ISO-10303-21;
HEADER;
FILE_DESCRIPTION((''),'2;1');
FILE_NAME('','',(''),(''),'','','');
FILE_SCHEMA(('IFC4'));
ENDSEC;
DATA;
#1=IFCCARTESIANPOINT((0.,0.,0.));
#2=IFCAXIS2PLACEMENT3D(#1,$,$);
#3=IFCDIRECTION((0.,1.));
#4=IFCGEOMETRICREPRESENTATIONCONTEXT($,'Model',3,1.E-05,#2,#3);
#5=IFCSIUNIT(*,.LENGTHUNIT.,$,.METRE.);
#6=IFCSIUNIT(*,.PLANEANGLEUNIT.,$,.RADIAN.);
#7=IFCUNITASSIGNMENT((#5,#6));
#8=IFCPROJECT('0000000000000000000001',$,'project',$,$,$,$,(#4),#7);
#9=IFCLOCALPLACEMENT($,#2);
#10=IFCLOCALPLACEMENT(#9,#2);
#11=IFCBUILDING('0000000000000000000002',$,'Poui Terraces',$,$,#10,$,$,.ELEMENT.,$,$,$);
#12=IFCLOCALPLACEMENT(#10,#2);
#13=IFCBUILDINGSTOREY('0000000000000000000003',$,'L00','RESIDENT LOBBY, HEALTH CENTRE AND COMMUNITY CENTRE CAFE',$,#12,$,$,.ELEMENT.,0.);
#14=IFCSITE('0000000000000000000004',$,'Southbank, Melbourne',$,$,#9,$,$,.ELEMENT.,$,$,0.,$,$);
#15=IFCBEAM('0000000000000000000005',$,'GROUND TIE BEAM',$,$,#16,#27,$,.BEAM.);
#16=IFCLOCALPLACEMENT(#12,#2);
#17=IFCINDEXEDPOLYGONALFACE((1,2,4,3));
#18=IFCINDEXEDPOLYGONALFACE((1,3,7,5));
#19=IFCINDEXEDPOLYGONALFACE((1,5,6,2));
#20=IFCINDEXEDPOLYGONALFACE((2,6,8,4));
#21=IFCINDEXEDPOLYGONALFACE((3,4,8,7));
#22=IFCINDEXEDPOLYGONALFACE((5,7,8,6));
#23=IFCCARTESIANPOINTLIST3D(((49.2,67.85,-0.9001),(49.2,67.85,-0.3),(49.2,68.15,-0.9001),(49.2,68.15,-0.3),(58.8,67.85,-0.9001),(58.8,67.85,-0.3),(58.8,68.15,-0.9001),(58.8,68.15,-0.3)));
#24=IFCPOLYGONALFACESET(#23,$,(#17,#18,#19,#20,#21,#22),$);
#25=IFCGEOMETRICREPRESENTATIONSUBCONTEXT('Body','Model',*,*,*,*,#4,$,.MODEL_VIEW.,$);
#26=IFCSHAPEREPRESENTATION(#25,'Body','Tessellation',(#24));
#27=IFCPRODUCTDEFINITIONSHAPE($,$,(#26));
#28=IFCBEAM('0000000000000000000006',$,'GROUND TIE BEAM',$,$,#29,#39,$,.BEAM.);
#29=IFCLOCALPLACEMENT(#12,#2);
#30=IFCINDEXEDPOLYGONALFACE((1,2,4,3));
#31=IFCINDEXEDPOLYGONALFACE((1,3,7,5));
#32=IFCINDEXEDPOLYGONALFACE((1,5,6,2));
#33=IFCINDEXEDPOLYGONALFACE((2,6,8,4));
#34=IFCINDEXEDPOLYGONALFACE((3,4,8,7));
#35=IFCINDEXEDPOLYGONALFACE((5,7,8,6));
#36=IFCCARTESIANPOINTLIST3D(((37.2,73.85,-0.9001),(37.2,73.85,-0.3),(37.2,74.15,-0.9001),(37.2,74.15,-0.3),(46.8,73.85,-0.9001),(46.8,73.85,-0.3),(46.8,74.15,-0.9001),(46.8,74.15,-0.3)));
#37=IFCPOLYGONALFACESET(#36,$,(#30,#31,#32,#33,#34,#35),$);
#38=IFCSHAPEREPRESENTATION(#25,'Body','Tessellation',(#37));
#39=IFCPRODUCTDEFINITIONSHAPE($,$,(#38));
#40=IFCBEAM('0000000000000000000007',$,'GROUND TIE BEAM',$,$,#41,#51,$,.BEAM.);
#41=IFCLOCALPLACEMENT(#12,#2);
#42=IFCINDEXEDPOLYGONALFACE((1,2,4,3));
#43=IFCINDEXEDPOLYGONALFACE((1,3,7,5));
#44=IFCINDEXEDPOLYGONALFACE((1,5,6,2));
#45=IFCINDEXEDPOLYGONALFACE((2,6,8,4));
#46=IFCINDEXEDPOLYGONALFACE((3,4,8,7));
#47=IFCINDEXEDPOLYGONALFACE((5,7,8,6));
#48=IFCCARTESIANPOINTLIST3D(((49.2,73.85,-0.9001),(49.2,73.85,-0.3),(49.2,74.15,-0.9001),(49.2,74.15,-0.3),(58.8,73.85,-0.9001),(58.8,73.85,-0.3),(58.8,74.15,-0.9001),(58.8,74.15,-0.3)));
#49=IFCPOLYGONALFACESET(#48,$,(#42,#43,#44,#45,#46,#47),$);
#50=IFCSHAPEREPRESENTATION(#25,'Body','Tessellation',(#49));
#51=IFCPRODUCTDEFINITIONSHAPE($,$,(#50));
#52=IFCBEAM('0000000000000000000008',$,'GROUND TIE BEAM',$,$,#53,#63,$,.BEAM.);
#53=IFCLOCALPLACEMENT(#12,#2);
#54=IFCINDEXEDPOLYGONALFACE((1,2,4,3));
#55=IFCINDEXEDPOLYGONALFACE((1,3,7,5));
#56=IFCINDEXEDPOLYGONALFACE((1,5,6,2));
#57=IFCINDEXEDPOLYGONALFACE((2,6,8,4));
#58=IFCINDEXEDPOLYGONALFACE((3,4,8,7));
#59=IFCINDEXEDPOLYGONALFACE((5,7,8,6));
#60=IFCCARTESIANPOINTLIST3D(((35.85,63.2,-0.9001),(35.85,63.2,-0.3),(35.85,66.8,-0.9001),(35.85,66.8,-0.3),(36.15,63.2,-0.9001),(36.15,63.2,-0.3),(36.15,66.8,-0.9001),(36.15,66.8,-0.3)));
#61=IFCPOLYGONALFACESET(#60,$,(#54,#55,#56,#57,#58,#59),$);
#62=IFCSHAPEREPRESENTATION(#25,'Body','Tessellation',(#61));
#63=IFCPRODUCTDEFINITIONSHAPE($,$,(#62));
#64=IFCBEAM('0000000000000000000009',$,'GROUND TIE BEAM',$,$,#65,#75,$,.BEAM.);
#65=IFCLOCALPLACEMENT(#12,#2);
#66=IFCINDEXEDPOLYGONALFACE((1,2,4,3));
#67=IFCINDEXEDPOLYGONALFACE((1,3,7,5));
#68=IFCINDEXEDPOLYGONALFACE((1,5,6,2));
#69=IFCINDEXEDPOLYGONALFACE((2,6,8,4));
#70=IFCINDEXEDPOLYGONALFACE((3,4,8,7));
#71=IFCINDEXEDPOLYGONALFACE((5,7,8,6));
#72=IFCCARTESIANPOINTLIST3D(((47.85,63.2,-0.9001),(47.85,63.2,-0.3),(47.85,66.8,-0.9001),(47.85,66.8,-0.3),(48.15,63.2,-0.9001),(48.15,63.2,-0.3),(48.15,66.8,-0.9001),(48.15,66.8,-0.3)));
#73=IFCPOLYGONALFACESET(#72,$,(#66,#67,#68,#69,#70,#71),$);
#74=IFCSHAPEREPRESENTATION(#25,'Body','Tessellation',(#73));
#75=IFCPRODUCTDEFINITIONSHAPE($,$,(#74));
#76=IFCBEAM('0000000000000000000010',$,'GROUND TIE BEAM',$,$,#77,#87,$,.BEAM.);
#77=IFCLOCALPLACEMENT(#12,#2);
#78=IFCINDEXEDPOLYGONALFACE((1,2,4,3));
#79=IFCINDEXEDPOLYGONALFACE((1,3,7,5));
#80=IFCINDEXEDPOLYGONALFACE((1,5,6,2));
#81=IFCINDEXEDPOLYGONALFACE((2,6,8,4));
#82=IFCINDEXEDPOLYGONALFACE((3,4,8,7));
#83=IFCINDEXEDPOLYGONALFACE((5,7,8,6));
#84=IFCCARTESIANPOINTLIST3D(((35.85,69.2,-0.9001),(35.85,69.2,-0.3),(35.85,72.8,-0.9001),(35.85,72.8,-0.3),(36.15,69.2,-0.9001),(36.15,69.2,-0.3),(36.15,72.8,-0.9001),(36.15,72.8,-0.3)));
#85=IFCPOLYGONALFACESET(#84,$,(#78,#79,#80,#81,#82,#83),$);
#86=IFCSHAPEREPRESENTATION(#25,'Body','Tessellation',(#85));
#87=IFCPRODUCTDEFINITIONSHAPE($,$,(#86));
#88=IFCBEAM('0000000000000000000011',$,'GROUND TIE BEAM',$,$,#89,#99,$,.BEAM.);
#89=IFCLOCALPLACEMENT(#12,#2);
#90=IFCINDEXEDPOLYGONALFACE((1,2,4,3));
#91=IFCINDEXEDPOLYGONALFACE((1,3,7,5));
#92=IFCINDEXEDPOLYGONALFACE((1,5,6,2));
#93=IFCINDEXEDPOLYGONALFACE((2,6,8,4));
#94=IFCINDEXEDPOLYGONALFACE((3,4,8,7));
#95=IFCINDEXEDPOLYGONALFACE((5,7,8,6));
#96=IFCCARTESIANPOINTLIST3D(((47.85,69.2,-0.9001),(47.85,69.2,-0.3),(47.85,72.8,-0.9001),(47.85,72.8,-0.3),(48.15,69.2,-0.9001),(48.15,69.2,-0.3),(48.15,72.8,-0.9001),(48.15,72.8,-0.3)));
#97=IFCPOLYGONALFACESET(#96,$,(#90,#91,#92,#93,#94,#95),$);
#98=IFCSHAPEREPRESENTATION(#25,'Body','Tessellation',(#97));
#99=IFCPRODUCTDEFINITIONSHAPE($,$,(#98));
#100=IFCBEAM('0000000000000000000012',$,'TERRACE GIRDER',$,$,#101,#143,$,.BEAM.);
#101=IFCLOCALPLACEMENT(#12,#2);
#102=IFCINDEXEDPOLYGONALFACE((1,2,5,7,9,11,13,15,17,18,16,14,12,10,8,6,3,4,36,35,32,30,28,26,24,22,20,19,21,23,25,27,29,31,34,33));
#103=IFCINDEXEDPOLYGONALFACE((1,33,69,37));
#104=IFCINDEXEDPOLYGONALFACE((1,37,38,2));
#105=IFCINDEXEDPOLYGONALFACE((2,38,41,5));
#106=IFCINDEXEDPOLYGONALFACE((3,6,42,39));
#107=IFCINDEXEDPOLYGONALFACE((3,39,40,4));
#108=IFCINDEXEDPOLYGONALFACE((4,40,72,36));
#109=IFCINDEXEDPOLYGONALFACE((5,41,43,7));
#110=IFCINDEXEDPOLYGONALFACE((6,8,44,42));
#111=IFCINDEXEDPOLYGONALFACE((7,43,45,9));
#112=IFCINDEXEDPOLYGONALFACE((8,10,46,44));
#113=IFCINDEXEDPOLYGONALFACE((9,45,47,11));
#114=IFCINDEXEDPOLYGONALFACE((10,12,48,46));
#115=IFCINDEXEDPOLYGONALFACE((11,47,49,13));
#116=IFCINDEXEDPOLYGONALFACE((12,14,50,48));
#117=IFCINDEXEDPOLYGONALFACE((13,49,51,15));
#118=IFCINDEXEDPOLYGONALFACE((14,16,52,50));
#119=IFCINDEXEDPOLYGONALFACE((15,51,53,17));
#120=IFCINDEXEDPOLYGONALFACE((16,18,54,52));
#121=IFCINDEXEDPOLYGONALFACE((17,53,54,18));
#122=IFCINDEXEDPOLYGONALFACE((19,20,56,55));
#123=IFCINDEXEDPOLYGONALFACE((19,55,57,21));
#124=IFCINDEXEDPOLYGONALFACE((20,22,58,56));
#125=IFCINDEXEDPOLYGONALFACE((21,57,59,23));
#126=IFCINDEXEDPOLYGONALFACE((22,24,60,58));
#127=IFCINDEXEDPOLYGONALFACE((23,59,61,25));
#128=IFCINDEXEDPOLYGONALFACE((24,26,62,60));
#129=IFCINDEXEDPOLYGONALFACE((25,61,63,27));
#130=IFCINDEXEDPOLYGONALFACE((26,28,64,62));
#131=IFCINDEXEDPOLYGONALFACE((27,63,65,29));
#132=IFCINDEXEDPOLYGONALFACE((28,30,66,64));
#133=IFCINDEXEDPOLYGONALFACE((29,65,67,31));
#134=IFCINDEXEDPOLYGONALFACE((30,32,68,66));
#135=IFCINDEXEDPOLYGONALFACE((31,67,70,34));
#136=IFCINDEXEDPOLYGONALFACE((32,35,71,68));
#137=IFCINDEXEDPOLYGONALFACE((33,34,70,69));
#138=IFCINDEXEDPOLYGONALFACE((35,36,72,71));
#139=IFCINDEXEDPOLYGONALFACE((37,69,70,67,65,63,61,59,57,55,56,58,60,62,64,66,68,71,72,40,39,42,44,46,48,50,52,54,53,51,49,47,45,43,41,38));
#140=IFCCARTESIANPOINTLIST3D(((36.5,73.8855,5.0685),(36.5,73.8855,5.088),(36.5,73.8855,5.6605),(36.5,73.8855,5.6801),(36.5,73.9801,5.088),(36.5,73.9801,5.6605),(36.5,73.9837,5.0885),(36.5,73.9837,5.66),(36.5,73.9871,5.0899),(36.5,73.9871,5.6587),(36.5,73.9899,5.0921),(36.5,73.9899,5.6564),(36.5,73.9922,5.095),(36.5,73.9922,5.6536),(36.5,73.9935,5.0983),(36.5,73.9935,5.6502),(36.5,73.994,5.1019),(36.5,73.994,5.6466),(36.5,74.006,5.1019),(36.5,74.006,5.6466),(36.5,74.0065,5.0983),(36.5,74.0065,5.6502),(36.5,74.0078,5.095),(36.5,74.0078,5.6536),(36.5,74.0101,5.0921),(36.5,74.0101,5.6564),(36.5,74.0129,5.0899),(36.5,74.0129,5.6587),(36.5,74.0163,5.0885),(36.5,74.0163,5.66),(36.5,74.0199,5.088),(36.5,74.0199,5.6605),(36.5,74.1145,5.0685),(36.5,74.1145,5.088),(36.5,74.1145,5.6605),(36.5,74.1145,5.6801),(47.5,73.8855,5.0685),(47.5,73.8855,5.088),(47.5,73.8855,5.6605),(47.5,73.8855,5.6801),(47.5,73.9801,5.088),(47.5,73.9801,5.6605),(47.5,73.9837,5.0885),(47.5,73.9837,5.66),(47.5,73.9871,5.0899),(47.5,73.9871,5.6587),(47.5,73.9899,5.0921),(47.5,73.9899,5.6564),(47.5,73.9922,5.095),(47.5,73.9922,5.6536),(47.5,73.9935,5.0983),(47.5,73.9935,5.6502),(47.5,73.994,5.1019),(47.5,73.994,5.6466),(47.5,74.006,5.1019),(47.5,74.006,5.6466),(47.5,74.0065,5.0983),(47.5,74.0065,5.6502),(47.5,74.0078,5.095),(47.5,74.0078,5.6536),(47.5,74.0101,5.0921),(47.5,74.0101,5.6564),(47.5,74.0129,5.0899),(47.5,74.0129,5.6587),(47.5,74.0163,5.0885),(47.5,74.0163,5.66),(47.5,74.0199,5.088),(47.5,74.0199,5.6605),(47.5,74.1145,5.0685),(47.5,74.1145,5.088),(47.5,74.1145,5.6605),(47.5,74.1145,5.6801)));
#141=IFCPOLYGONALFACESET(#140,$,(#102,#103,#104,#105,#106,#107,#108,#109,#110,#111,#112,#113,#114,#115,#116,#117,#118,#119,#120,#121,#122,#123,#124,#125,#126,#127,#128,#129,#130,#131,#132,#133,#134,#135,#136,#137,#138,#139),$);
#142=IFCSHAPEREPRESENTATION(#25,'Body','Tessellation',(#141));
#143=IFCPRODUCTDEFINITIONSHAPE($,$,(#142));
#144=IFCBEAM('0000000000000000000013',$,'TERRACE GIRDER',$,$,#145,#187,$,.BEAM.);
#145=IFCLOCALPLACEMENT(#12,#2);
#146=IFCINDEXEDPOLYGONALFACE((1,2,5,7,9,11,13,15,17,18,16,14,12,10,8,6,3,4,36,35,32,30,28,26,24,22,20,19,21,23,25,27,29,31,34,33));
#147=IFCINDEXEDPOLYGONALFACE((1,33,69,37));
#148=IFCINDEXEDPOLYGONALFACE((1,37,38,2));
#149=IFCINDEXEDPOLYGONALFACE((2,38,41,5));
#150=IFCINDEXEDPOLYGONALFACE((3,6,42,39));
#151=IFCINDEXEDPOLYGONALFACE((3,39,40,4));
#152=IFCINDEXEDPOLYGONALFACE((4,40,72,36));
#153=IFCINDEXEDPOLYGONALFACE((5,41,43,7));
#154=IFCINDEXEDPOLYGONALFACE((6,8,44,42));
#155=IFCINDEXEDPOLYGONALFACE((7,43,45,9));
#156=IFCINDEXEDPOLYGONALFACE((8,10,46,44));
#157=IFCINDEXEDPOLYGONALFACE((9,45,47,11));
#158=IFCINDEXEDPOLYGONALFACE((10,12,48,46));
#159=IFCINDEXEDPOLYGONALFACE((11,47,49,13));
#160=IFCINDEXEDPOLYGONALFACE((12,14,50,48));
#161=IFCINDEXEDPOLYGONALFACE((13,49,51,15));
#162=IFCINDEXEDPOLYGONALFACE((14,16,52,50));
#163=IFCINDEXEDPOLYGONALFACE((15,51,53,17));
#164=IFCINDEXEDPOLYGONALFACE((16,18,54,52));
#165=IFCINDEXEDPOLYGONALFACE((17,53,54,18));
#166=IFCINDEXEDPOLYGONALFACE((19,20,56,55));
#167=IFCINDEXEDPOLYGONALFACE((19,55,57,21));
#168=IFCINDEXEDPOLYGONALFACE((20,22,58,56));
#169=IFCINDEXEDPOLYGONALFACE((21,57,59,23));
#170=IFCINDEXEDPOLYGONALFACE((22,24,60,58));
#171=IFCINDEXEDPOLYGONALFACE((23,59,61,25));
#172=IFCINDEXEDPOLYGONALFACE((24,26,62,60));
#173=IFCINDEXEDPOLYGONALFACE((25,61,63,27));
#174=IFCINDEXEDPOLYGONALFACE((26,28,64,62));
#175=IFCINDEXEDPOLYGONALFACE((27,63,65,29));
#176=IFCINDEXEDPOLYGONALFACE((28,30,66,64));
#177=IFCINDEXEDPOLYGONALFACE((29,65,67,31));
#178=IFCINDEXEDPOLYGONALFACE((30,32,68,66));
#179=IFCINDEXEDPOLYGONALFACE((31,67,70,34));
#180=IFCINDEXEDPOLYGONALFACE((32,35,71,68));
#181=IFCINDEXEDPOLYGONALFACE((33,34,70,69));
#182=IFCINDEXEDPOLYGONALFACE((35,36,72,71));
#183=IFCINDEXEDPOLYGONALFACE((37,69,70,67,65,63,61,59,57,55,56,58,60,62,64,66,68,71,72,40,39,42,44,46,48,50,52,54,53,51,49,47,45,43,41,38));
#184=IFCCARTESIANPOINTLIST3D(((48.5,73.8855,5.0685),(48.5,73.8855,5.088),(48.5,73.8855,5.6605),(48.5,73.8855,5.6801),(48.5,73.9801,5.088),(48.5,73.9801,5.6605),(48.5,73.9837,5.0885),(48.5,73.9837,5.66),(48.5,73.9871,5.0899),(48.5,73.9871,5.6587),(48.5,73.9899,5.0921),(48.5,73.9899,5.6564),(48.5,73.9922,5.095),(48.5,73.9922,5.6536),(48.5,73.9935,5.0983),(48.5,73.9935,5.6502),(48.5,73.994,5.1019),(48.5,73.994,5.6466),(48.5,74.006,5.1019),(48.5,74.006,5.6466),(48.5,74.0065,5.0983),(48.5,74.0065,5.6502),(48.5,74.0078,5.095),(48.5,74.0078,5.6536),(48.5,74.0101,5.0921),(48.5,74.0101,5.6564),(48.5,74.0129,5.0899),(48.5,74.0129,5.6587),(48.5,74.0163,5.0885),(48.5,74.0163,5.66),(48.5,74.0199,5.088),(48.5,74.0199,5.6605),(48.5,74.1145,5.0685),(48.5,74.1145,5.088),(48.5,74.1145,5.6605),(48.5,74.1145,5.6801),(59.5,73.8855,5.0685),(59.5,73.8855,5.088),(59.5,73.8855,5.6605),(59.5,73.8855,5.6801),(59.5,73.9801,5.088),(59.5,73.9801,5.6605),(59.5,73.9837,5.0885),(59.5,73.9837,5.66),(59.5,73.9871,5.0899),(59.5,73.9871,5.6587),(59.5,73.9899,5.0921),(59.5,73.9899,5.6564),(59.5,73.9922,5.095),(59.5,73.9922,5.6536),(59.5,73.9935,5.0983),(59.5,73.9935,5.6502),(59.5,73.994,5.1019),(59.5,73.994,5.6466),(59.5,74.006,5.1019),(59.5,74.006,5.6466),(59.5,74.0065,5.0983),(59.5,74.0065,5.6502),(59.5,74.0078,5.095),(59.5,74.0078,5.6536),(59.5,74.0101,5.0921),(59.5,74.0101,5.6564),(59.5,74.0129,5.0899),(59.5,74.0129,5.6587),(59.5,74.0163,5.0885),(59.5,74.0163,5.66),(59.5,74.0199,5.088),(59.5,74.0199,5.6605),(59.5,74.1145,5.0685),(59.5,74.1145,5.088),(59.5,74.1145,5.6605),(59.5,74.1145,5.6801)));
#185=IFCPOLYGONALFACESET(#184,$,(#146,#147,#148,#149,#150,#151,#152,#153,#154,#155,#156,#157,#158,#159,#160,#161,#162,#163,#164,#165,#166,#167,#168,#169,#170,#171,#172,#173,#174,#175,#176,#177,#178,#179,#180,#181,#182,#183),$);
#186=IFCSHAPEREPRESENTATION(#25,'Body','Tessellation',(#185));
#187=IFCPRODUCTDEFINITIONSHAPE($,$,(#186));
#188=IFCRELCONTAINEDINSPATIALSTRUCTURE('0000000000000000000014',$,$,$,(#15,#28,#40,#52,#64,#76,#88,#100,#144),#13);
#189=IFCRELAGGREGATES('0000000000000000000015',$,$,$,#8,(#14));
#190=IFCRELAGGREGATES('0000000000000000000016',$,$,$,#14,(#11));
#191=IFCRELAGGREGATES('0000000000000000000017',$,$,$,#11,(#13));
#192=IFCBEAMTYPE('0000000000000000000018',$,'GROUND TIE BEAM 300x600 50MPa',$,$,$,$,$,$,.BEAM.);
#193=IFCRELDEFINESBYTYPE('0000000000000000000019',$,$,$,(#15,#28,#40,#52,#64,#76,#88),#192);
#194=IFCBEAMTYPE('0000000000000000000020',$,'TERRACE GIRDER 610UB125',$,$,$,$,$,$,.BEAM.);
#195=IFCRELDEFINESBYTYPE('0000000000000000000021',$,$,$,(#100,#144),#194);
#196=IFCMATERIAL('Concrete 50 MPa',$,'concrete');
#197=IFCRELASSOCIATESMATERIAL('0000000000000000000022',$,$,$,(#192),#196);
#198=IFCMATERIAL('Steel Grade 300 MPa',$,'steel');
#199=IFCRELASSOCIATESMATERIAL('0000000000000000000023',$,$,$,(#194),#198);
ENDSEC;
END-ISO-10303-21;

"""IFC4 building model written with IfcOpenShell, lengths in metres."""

from ifc_helpers import new_model, si_unit, direction, frame, origin, origin_2d, place, context, subcontext, project, spatial, rectangle, i_section, extrude, source, transform, mapped, material, material_profile, profile_set, type_object, element, save


model = new_model("IFC4")

# Units and contexts
model_context = context("Model", 3, precision=1e-05, world=origin(), true_north=direction((0.0, 1.0)))
body_context = subcontext(model_context, "Body", "Model", "MODEL_VIEW")
ifc_project = project(units=[si_unit("LENGTHUNIT", "METRE"), si_unit("PLANEANGLEUNIT", "RADIAN")], contexts=[model_context])

# Site, building, storey
site_placement = place(None, origin())
site = spatial("IfcSite", under=ifc_project, at=site_placement, Name="Southbank, Melbourne", CompositionType="ELEMENT", RefElevation=0.0)
building_placement = place(site_placement, origin())
building = spatial("IfcBuilding", under=site, at=building_placement, Name="Poui Terraces", CompositionType="ELEMENT")
storey_placement = place(building_placement, origin())
storey = spatial("IfcBuildingStorey", under=building, at=storey_placement, Name="L00", Description="RESIDENT LOBBY, HEALTH CENTRE AND COMMUNITY CENTRE CAFE", CompositionType="ELEMENT", Elevation=0.0)

# Shared definitions
ifc_material_1 = material(Name="Concrete 50 MPa", Category="concrete")

# Beams
ifc_material_profile_1 = material_profile(ifc_material_1, rectangle(XDim=0.3, YDim=0.6001, at=origin_2d()), Name="RC 300x600")
ifc_profile_set_1 = profile_set([ifc_material_profile_1], Name="Concrete 50 MPa")
beam_type_1 = type_object("IfcBeamType", Name="GROUND TIE BEAM 300x600 50MPa", PredefinedType="BEAM", material=ifc_profile_set_1)
shared_shape_1 = source(origin(), body_context, "Body", "SweptSolid", [
    extrude(rectangle(XDim=0.3, YDim=0.6001, at=origin_2d()), origin(), (0.0, 0.0, 1.0), 9.6001),
])
for number, where, z_axis, x_axis, name in (
    (1, (49.2, 68.0, -0.6001), (1.0, 0.0, 0.0), (0.0, 1.0, 0.0), "GROUND TIE BEAM"),
    (2, (37.2, 74.0, -0.6001), (1.0, 0.0, 0.0), (0.0, 1.0, 0.0), "GROUND TIE BEAM"),
    (3, (49.2, 74.0, -0.6001), (1.0, 0.0, 0.0), (0.0, 1.0, 0.0), "GROUND TIE BEAM"),
):
    element("IfcBeam", number, at=place(storey_placement, frame(where, z_axis=z_axis, x_axis=x_axis)), inside=storey, type_object=beam_type_1, Name=name, PredefinedType="BEAM", context=body_context, shape_type="MappedRepresentation", body=[
        mapped(shared_shape_1, transform((0.0, 0.0, 0.0))),
    ])
shared_shape_2 = source(origin(), body_context, "Body", "SweptSolid", [
    extrude(rectangle(XDim=0.3, YDim=0.6001, at=origin_2d()), origin(), (0.0, 0.0, 1.0), 3.6001),
])
for number, where, z_axis, x_axis, name in (
    (4, (36.0, 63.2, -0.6001), (0.0, 1.0, 0.0), (-1.0, 0.0, 0.0), "GROUND TIE BEAM"),
    (5, (48.0, 63.2, -0.6001), (0.0, 1.0, 0.0), (-1.0, 0.0, 0.0), "GROUND TIE BEAM"),
    (6, (36.0, 69.2, -0.6001), (0.0, 1.0, 0.0), (-1.0, 0.0, 0.0), "GROUND TIE BEAM"),
    (7, (48.0, 69.2, -0.6001), (0.0, 1.0, 0.0), (-1.0, 0.0, 0.0), "GROUND TIE BEAM"),
):
    element("IfcBeam", number, at=place(storey_placement, frame(where, z_axis=z_axis, x_axis=x_axis)), inside=storey, type_object=beam_type_1, Name=name, PredefinedType="BEAM", context=body_context, shape_type="MappedRepresentation", body=[
        mapped(shared_shape_2, transform((0.0, 0.0, 0.0))),
    ])
ifc_material_2 = material(Name="Steel Grade 300 MPa", Category="steel")
ifc_material_profile_2 = material_profile(ifc_material_2, i_section(OverallWidth=0.229, OverallDepth=0.6116, WebThickness=0.012, FlangeThickness=0.0195, FilletRadius=0.0139, at=origin_2d()), Name="610UB125")
ifc_profile_set_2 = profile_set([ifc_material_profile_2], Name="Steel Grade 300 MPa")
beam_type_2 = type_object("IfcBeamType", Name="TERRACE GIRDER 610UB125", PredefinedType="BEAM", material=ifc_profile_set_2)
shared_shape_3 = source(origin(), body_context, "Body", "SweptSolid", [
    extrude(i_section(OverallWidth=0.229, OverallDepth=0.6116, WebThickness=0.012, FlangeThickness=0.0195, FilletRadius=0.0139, at=origin_2d()), origin(), (0.0, 0.0, 1.0), 11.0),
])
for number, where, z_axis, x_axis, name in (
    (8, (36.5, 74.0, 5.3743), (1.0, 0.0, 0.0), (0.0, 1.0, 0.0), "TERRACE GIRDER"),
    (9, (48.5, 74.0, 5.3743), (1.0, 0.0, 0.0), (0.0, 1.0, 0.0), "TERRACE GIRDER"),
):
    element("IfcBeam", number, at=place(storey_placement, frame(where, z_axis=z_axis, x_axis=x_axis)), inside=storey, type_object=beam_type_2, Name=name, PredefinedType="BEAM", context=body_context, shape_type="MappedRepresentation", body=[
        mapped(shared_shape_3, transform((0.0, 0.0, 0.0))),
    ])

save(model, "model.ifc")
